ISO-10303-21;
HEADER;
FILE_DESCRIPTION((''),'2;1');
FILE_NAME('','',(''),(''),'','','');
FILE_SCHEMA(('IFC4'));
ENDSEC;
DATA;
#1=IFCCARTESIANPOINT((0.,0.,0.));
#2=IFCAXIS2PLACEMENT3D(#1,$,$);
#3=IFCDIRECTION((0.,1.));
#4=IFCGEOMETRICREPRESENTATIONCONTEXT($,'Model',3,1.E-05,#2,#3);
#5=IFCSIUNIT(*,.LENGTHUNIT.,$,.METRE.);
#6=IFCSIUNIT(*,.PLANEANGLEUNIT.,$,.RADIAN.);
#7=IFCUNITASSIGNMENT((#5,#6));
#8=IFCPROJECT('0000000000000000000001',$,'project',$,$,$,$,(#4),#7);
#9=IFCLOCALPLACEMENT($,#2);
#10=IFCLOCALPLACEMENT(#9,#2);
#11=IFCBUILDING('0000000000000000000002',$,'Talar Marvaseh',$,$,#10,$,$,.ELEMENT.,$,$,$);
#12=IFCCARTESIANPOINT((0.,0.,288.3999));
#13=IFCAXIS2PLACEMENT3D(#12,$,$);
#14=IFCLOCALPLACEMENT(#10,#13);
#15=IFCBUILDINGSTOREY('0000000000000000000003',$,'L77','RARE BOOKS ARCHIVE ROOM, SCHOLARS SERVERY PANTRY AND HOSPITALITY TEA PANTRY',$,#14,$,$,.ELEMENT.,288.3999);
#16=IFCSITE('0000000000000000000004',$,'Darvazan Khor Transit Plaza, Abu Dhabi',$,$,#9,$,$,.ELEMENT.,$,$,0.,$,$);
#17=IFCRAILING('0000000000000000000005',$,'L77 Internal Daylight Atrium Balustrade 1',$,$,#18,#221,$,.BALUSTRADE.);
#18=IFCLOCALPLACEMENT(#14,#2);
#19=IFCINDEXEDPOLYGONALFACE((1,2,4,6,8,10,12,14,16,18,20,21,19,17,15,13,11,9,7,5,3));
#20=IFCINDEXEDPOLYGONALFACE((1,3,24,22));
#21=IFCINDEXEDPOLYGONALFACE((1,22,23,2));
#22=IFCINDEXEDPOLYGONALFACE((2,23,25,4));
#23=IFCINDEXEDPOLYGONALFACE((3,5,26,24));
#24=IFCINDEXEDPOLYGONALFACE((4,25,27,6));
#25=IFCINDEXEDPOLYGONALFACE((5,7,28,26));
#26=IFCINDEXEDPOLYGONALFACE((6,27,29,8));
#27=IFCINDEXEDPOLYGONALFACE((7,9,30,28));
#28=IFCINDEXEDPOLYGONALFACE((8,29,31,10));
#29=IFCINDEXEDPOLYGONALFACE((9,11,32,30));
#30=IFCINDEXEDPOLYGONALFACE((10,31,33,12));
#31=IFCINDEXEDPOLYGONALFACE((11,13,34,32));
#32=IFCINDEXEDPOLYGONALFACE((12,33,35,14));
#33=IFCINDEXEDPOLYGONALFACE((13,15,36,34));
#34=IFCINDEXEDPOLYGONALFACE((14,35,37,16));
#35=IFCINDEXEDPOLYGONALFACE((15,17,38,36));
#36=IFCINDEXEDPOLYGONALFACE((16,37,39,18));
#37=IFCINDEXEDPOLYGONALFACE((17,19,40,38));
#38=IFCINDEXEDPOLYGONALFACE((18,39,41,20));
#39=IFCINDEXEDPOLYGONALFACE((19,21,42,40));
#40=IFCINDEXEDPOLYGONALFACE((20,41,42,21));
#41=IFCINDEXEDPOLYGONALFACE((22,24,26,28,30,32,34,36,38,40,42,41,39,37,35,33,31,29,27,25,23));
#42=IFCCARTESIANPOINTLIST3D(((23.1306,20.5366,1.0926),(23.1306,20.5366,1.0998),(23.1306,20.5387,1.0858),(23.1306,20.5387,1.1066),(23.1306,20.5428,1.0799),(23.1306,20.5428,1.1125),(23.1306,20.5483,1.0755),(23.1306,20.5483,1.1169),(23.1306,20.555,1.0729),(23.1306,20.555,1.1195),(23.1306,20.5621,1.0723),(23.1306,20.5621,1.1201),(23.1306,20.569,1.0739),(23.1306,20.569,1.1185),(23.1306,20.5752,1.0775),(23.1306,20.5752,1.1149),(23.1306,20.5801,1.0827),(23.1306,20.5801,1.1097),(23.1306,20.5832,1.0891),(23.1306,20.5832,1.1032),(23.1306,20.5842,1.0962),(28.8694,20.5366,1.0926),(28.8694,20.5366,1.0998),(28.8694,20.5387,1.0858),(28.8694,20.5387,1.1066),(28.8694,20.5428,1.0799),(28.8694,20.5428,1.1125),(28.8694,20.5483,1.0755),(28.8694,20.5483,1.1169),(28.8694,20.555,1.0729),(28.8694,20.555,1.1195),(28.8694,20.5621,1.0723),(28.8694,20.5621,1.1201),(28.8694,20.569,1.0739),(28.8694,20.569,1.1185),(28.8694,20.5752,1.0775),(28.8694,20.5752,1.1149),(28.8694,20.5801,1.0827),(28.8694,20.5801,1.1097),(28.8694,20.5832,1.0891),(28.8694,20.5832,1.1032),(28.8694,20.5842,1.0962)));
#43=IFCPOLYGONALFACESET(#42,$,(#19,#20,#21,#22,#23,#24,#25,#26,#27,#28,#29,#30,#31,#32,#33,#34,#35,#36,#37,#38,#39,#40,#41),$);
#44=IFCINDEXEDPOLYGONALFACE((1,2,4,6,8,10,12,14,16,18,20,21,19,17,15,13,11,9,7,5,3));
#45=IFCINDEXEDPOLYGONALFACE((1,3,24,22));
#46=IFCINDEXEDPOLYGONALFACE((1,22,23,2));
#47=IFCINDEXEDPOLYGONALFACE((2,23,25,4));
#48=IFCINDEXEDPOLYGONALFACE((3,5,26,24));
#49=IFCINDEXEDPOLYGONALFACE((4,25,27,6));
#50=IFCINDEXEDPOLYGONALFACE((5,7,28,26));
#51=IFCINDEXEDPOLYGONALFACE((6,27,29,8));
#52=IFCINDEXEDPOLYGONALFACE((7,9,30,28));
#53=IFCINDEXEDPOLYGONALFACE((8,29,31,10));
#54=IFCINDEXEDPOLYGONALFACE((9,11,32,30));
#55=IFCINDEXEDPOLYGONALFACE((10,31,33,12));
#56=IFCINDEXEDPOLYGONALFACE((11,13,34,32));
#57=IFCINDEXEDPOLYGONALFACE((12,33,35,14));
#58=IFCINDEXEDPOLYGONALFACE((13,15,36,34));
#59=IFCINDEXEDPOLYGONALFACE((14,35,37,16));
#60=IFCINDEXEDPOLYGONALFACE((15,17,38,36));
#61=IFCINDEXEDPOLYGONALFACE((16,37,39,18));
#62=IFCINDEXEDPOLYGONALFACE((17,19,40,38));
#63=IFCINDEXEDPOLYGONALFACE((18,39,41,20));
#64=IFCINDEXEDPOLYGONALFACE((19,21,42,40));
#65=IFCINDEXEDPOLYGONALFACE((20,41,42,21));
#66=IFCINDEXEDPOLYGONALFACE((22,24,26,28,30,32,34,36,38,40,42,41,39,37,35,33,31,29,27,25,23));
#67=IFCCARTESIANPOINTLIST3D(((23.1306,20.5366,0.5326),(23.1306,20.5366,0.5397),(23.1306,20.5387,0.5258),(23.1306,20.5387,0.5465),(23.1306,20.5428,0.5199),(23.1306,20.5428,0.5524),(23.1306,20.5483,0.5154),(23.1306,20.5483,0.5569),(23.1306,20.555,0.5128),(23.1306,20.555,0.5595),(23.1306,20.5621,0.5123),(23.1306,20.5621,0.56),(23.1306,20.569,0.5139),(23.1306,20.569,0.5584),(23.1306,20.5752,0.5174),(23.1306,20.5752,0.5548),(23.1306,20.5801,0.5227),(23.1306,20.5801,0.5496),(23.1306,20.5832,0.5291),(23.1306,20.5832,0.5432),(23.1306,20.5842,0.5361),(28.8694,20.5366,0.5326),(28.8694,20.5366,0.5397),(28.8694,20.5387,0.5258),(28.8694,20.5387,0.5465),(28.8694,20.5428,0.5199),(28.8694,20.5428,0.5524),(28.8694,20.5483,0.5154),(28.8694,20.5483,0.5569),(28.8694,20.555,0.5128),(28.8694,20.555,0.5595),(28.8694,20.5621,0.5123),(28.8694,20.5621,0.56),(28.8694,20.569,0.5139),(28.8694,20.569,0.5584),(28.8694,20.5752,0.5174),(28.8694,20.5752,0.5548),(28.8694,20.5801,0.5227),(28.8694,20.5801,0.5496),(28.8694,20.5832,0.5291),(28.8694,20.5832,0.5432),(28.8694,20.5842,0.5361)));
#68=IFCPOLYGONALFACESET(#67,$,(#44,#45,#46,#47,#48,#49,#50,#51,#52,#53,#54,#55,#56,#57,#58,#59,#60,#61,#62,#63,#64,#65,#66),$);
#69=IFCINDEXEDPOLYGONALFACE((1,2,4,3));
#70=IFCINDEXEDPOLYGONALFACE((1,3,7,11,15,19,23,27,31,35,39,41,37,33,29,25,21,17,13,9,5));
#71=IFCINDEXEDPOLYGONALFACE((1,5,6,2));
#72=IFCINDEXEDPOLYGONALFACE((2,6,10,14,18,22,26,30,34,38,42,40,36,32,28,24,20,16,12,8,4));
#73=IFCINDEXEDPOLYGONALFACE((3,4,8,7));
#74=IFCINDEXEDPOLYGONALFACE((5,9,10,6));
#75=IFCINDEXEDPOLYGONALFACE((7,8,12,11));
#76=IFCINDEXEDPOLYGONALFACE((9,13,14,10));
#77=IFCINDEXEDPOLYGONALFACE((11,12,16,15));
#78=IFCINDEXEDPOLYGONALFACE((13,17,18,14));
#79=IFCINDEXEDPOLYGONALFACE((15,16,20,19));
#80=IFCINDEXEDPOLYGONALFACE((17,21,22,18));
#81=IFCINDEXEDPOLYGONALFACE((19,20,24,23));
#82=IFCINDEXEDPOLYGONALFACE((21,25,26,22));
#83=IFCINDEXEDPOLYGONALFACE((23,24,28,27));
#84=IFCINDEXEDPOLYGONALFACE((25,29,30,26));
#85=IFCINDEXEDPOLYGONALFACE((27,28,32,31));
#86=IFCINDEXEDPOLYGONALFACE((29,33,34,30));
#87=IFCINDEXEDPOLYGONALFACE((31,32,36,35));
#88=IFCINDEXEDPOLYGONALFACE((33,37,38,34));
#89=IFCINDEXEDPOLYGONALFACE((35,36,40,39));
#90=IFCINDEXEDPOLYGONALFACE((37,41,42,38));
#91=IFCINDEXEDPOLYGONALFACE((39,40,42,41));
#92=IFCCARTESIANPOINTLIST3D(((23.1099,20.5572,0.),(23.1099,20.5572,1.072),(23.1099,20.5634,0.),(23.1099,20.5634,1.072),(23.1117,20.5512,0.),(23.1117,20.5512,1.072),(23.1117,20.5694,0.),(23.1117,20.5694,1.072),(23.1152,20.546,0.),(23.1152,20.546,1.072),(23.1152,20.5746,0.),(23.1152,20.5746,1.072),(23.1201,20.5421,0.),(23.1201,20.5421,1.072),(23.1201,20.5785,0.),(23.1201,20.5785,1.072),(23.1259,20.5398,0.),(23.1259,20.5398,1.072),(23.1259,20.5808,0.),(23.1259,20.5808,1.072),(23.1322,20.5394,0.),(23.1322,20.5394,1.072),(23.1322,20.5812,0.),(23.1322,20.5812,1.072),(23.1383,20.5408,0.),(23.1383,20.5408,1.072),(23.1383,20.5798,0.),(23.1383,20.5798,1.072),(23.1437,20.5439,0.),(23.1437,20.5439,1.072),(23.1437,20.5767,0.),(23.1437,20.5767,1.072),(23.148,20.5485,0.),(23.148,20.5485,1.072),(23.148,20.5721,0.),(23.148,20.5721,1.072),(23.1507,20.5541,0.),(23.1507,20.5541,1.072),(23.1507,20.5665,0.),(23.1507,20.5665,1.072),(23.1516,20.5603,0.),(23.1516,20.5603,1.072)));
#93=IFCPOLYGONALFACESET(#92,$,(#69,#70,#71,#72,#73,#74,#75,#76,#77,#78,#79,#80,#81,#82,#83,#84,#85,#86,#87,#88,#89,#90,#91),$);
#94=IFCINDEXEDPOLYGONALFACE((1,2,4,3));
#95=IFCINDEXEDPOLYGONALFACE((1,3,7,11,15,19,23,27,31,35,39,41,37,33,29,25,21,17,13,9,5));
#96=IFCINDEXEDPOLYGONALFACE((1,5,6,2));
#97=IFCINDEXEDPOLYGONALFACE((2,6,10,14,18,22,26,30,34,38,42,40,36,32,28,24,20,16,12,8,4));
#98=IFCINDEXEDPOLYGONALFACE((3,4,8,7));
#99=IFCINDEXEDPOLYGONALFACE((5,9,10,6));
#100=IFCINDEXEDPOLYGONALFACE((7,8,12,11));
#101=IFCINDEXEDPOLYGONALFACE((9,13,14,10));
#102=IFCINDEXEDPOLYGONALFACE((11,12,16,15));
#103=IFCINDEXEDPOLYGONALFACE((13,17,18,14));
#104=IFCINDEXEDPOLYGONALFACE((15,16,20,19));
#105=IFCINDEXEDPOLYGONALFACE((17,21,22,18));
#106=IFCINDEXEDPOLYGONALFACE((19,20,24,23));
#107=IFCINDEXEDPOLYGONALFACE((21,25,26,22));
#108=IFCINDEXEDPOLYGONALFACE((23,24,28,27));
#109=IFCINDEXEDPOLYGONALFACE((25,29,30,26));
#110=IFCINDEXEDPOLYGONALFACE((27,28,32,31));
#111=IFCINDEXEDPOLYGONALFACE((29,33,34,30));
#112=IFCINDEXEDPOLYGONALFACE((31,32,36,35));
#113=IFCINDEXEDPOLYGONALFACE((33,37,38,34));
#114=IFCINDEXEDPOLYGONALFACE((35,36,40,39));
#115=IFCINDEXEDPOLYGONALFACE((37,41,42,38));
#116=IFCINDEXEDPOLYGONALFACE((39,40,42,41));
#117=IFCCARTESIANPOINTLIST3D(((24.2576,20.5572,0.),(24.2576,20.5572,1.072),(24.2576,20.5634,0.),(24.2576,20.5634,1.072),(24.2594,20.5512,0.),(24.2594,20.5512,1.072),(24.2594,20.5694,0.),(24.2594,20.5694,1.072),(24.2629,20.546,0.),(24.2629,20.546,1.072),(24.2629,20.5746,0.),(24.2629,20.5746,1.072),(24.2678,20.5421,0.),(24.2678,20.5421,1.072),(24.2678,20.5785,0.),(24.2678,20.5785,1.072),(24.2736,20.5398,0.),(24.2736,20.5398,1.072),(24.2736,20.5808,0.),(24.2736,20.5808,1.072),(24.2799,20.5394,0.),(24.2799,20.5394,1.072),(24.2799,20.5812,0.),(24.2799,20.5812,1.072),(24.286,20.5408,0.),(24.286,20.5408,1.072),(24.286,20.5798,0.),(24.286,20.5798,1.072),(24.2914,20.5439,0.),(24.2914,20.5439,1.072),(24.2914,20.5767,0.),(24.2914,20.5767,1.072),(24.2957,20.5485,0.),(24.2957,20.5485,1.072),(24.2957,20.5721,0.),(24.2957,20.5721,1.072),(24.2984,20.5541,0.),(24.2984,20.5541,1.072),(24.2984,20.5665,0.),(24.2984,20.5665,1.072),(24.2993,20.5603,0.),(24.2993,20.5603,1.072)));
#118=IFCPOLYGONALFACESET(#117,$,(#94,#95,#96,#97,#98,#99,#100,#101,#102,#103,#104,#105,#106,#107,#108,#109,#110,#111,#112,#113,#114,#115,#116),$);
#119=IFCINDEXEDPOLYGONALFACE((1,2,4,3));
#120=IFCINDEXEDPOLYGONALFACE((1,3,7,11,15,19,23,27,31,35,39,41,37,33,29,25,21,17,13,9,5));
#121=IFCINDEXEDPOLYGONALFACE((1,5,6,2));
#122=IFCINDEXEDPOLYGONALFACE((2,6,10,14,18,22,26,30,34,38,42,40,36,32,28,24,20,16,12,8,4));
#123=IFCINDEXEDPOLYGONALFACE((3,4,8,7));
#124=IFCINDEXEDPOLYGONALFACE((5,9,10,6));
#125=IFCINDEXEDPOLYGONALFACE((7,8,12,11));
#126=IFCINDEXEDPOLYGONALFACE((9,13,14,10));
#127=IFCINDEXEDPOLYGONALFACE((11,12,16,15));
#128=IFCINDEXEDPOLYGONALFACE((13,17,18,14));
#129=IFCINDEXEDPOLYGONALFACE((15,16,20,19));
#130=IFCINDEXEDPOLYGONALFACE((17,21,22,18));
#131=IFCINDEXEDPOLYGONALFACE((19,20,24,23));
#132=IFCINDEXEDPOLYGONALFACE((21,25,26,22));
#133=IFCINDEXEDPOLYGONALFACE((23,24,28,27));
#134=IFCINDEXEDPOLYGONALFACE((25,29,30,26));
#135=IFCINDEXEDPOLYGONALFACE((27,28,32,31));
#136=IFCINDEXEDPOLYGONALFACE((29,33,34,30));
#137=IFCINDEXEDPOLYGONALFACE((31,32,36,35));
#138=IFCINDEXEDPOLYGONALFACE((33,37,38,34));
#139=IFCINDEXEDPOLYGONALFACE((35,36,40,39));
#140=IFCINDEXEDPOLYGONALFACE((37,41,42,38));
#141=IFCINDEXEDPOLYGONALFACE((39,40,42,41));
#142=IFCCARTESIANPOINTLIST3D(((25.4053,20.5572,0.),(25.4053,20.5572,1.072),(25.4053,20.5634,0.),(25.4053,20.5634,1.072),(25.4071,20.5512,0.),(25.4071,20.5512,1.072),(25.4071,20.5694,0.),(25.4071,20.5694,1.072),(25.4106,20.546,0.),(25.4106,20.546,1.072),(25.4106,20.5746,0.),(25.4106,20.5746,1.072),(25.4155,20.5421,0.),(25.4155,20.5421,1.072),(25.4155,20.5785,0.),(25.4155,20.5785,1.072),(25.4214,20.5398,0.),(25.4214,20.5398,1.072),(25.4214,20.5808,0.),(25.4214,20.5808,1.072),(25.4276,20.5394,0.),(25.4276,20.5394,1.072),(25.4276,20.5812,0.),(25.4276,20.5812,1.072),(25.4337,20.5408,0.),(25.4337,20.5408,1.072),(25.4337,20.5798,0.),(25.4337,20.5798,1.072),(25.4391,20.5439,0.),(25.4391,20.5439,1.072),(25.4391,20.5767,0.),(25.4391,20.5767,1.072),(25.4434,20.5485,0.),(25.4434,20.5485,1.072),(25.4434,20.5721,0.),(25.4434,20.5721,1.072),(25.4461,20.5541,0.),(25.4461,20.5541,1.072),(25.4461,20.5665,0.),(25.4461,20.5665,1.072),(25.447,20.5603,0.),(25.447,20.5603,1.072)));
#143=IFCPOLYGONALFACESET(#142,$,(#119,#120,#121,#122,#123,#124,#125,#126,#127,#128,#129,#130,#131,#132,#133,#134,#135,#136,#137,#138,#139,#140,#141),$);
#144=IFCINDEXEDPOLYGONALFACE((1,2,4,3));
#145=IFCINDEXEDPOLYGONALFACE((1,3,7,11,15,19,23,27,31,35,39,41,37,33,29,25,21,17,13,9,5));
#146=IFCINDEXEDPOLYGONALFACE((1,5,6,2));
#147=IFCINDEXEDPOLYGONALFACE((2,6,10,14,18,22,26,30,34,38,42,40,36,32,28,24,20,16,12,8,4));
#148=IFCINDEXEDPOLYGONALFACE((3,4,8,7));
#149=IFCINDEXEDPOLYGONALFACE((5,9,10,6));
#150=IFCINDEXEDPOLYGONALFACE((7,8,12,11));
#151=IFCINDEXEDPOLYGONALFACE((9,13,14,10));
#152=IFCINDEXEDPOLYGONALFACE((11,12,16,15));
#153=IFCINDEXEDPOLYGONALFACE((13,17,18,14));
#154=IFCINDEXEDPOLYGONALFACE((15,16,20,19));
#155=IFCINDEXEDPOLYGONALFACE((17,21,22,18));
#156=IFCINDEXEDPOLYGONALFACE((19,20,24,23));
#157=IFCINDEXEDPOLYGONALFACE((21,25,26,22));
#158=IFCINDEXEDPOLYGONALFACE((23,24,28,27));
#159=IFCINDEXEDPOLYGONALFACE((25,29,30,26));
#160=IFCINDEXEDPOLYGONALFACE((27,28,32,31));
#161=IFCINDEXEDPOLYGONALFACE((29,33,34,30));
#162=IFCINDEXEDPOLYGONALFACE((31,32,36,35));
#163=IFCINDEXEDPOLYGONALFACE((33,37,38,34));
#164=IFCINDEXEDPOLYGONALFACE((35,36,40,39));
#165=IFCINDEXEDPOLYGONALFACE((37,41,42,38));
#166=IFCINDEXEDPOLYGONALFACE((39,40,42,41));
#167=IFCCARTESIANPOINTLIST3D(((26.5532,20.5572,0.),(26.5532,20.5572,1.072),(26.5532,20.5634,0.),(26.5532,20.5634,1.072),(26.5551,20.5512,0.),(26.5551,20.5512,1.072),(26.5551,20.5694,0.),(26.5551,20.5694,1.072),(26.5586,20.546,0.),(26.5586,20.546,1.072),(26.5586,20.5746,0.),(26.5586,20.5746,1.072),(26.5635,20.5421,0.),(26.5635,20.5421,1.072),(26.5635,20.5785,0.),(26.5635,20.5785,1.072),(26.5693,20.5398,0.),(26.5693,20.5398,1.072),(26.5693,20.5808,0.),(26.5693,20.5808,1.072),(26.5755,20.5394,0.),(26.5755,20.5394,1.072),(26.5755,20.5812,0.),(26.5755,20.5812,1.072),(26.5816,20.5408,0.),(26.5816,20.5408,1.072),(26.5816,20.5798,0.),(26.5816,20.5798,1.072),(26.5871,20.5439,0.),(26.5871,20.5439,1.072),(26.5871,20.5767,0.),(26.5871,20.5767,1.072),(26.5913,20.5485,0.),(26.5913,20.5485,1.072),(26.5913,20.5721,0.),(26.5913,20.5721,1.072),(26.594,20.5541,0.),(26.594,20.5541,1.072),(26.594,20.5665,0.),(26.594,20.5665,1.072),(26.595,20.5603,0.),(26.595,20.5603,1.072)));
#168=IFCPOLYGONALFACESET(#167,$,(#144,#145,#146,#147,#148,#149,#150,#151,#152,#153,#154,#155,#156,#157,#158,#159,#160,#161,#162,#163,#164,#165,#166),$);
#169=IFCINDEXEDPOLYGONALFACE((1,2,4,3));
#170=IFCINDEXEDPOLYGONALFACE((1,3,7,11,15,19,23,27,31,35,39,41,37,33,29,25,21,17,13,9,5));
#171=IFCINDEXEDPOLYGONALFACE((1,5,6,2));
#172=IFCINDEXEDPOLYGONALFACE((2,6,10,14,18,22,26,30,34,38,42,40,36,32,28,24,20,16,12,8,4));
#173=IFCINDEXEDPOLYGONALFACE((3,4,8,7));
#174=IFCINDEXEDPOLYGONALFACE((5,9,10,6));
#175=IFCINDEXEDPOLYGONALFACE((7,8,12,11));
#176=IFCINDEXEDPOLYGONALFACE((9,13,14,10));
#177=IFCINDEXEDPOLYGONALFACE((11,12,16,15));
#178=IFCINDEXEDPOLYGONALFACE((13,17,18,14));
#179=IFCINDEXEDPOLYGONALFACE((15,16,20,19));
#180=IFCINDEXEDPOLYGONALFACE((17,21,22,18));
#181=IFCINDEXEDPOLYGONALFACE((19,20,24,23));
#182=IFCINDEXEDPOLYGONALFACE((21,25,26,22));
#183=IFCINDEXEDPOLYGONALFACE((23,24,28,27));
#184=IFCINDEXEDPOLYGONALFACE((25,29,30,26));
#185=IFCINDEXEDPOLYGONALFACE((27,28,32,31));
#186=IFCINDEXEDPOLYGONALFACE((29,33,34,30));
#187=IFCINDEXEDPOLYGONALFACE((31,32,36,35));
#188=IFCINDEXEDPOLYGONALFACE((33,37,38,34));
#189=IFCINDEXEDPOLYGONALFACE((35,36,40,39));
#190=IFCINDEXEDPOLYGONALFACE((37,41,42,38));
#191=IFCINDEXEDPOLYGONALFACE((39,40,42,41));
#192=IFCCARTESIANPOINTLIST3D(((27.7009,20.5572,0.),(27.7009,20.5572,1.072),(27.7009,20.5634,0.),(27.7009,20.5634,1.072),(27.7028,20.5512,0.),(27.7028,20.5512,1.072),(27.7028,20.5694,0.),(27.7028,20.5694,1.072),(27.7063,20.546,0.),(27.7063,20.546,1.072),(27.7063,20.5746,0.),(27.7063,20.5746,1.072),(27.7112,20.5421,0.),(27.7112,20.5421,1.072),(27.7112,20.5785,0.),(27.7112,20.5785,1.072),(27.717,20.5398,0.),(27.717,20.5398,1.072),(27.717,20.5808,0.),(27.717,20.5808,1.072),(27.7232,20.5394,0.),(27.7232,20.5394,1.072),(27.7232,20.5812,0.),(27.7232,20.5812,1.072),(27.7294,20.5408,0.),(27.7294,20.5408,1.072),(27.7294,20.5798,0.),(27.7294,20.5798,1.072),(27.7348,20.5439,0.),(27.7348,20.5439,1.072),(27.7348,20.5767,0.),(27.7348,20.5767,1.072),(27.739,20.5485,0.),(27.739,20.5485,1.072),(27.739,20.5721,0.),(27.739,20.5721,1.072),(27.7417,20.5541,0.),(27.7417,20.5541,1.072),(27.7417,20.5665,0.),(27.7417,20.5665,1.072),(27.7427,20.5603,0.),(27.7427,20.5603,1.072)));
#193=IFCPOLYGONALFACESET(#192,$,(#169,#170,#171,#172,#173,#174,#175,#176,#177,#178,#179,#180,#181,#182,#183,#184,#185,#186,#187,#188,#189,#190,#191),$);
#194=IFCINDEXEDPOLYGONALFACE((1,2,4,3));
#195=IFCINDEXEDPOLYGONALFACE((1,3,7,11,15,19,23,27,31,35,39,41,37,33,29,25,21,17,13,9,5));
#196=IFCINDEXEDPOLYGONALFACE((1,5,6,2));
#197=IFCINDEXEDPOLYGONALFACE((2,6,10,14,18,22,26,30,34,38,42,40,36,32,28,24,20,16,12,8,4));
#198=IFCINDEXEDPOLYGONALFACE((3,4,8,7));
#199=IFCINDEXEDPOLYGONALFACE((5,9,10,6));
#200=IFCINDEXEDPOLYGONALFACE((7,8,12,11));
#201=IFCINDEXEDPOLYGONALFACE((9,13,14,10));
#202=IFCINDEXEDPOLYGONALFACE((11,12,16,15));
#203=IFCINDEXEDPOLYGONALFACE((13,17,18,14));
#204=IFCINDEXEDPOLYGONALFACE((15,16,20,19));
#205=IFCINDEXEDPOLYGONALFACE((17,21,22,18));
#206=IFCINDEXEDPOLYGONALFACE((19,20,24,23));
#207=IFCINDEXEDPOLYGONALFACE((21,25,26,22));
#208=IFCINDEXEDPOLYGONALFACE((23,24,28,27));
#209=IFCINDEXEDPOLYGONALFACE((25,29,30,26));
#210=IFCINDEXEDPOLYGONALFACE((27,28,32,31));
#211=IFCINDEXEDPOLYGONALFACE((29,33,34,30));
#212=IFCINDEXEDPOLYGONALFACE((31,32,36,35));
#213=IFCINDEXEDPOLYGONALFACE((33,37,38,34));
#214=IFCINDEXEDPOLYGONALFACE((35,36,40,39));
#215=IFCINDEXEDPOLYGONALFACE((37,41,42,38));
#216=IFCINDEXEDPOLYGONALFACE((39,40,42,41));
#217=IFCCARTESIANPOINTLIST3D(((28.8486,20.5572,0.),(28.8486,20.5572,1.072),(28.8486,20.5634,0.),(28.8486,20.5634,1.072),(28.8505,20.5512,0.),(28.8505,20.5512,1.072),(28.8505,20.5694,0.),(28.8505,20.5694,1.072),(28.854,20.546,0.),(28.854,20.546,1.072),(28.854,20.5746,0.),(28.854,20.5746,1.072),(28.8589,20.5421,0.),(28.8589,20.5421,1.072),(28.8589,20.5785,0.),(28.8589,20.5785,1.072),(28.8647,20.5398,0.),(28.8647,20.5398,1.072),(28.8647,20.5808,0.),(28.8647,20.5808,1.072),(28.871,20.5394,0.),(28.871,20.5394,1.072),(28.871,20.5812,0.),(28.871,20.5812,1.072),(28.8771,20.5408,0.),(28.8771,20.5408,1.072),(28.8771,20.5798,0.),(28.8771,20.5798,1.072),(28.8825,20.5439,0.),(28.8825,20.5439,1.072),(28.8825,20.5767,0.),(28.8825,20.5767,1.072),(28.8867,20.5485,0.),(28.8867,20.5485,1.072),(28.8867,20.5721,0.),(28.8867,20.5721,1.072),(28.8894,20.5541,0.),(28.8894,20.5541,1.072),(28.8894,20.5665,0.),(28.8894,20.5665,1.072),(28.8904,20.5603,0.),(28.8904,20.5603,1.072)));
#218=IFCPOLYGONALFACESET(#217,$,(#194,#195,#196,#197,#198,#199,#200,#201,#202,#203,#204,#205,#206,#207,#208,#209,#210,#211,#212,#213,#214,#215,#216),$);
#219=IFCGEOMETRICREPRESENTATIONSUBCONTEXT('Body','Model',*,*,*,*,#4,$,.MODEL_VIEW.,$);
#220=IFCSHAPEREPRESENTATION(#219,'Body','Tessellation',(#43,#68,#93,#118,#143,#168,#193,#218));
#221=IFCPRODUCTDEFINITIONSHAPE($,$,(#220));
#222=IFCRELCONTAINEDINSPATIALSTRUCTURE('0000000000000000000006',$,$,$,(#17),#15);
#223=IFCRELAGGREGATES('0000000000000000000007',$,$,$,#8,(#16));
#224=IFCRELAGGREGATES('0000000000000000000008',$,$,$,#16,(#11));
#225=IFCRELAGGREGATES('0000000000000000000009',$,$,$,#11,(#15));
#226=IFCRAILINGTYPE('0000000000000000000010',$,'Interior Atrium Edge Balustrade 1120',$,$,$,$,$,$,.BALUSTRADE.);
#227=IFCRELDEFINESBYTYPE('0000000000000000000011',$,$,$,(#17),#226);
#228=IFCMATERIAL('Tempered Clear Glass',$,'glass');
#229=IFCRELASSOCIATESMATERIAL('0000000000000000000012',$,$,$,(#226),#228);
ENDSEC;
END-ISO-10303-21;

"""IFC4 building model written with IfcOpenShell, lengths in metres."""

from ifc_helpers import new_model, si_unit, direction, frame, origin, origin_2d, place, context, subcontext, project, spatial, circle, extrude, material, type_object, element, save


model = new_model("IFC4")

# Units and contexts
model_context = context("Model", 3, precision=1e-05, world=origin(), true_north=direction((0.0, 1.0)))
body_context = subcontext(model_context, "Body", "Model", "MODEL_VIEW")
ifc_project = project(units=[si_unit("LENGTHUNIT", "METRE"), si_unit("PLANEANGLEUNIT", "RADIAN")], contexts=[model_context])

# Site, building, storey
site_placement = place(None, origin())
site = spatial("IfcSite", under=ifc_project, at=site_placement, Name="Darvazan Khor Transit Plaza, Abu Dhabi", CompositionType="ELEMENT", RefElevation=0.0)
building_placement = place(site_placement, origin())
building = spatial("IfcBuilding", under=site, at=building_placement, Name="Talar Marvaseh", CompositionType="ELEMENT")
storey_placement = place(building_placement, frame((0.0, 0.0, 288.3999)))
storey = spatial("IfcBuildingStorey", under=building, at=storey_placement, Name="L77", Description="RARE BOOKS ARCHIVE ROOM, SCHOLARS SERVERY PANTRY AND HOSPITALITY TEA PANTRY", CompositionType="ELEMENT", Elevation=288.3999)

# Railing
ifc_material_1 = material(Name="Tempered Clear Glass", Category="glass")
railing_type = type_object("IfcRailingType", Name="Interior Atrium Edge Balustrade 1120", PredefinedType="BALUSTRADE", material=ifc_material_1)
railing_1_placement = place(storey_placement, frame((23.1306, 20.5603, 0.0)))
element("IfcRailing", 1, at=railing_1_placement, inside=storey, type_object=railing_type, Name="L77 Internal Daylight Atrium Balustrade 1", PredefinedType="BALUSTRADE", context=body_context, shape_type="SweptSolid", body=[
    extrude(circle(Radius=0.0239, at=origin_2d()), frame((0.0, 0.0, 1.0962), z_axis=(1.0, 0.0, 0.0), x_axis=(0.0, 1.0, 0.0)), (0.0, 0.0, 1.0), 5.7388),
    extrude(circle(Radius=0.0239, at=origin_2d()), frame((0.0, 0.0, 0.5361), z_axis=(1.0, 0.0, 0.0), x_axis=(0.0, 1.0, 0.0)), (0.0, 0.0, 1.0), 5.7388),
    extrude(circle(Radius=0.021, at=origin_2d()), origin(), (0.0, 0.0, 1.0), 1.072),
    extrude(circle(Radius=0.021, at=origin_2d()), frame((1.1477, 0.0, 0.0)), (0.0, 0.0, 1.0), 1.072),
    extrude(circle(Radius=0.021, at=origin_2d()), frame((2.2954, 0.0, 0.0)), (0.0, 0.0, 1.0), 1.072),
    extrude(circle(Radius=0.021, at=origin_2d()), frame((3.4434, 0.0, 0.0)), (0.0, 0.0, 1.0), 1.072),
    extrude(circle(Radius=0.021, at=origin_2d()), frame((4.5911, 0.0, 0.0)), (0.0, 0.0, 1.0), 1.072),
    extrude(circle(Radius=0.021, at=origin_2d()), frame((5.7388, 0.0, 0.0)), (0.0, 0.0, 1.0), 1.072),
])

save(model, "model.ifc")
